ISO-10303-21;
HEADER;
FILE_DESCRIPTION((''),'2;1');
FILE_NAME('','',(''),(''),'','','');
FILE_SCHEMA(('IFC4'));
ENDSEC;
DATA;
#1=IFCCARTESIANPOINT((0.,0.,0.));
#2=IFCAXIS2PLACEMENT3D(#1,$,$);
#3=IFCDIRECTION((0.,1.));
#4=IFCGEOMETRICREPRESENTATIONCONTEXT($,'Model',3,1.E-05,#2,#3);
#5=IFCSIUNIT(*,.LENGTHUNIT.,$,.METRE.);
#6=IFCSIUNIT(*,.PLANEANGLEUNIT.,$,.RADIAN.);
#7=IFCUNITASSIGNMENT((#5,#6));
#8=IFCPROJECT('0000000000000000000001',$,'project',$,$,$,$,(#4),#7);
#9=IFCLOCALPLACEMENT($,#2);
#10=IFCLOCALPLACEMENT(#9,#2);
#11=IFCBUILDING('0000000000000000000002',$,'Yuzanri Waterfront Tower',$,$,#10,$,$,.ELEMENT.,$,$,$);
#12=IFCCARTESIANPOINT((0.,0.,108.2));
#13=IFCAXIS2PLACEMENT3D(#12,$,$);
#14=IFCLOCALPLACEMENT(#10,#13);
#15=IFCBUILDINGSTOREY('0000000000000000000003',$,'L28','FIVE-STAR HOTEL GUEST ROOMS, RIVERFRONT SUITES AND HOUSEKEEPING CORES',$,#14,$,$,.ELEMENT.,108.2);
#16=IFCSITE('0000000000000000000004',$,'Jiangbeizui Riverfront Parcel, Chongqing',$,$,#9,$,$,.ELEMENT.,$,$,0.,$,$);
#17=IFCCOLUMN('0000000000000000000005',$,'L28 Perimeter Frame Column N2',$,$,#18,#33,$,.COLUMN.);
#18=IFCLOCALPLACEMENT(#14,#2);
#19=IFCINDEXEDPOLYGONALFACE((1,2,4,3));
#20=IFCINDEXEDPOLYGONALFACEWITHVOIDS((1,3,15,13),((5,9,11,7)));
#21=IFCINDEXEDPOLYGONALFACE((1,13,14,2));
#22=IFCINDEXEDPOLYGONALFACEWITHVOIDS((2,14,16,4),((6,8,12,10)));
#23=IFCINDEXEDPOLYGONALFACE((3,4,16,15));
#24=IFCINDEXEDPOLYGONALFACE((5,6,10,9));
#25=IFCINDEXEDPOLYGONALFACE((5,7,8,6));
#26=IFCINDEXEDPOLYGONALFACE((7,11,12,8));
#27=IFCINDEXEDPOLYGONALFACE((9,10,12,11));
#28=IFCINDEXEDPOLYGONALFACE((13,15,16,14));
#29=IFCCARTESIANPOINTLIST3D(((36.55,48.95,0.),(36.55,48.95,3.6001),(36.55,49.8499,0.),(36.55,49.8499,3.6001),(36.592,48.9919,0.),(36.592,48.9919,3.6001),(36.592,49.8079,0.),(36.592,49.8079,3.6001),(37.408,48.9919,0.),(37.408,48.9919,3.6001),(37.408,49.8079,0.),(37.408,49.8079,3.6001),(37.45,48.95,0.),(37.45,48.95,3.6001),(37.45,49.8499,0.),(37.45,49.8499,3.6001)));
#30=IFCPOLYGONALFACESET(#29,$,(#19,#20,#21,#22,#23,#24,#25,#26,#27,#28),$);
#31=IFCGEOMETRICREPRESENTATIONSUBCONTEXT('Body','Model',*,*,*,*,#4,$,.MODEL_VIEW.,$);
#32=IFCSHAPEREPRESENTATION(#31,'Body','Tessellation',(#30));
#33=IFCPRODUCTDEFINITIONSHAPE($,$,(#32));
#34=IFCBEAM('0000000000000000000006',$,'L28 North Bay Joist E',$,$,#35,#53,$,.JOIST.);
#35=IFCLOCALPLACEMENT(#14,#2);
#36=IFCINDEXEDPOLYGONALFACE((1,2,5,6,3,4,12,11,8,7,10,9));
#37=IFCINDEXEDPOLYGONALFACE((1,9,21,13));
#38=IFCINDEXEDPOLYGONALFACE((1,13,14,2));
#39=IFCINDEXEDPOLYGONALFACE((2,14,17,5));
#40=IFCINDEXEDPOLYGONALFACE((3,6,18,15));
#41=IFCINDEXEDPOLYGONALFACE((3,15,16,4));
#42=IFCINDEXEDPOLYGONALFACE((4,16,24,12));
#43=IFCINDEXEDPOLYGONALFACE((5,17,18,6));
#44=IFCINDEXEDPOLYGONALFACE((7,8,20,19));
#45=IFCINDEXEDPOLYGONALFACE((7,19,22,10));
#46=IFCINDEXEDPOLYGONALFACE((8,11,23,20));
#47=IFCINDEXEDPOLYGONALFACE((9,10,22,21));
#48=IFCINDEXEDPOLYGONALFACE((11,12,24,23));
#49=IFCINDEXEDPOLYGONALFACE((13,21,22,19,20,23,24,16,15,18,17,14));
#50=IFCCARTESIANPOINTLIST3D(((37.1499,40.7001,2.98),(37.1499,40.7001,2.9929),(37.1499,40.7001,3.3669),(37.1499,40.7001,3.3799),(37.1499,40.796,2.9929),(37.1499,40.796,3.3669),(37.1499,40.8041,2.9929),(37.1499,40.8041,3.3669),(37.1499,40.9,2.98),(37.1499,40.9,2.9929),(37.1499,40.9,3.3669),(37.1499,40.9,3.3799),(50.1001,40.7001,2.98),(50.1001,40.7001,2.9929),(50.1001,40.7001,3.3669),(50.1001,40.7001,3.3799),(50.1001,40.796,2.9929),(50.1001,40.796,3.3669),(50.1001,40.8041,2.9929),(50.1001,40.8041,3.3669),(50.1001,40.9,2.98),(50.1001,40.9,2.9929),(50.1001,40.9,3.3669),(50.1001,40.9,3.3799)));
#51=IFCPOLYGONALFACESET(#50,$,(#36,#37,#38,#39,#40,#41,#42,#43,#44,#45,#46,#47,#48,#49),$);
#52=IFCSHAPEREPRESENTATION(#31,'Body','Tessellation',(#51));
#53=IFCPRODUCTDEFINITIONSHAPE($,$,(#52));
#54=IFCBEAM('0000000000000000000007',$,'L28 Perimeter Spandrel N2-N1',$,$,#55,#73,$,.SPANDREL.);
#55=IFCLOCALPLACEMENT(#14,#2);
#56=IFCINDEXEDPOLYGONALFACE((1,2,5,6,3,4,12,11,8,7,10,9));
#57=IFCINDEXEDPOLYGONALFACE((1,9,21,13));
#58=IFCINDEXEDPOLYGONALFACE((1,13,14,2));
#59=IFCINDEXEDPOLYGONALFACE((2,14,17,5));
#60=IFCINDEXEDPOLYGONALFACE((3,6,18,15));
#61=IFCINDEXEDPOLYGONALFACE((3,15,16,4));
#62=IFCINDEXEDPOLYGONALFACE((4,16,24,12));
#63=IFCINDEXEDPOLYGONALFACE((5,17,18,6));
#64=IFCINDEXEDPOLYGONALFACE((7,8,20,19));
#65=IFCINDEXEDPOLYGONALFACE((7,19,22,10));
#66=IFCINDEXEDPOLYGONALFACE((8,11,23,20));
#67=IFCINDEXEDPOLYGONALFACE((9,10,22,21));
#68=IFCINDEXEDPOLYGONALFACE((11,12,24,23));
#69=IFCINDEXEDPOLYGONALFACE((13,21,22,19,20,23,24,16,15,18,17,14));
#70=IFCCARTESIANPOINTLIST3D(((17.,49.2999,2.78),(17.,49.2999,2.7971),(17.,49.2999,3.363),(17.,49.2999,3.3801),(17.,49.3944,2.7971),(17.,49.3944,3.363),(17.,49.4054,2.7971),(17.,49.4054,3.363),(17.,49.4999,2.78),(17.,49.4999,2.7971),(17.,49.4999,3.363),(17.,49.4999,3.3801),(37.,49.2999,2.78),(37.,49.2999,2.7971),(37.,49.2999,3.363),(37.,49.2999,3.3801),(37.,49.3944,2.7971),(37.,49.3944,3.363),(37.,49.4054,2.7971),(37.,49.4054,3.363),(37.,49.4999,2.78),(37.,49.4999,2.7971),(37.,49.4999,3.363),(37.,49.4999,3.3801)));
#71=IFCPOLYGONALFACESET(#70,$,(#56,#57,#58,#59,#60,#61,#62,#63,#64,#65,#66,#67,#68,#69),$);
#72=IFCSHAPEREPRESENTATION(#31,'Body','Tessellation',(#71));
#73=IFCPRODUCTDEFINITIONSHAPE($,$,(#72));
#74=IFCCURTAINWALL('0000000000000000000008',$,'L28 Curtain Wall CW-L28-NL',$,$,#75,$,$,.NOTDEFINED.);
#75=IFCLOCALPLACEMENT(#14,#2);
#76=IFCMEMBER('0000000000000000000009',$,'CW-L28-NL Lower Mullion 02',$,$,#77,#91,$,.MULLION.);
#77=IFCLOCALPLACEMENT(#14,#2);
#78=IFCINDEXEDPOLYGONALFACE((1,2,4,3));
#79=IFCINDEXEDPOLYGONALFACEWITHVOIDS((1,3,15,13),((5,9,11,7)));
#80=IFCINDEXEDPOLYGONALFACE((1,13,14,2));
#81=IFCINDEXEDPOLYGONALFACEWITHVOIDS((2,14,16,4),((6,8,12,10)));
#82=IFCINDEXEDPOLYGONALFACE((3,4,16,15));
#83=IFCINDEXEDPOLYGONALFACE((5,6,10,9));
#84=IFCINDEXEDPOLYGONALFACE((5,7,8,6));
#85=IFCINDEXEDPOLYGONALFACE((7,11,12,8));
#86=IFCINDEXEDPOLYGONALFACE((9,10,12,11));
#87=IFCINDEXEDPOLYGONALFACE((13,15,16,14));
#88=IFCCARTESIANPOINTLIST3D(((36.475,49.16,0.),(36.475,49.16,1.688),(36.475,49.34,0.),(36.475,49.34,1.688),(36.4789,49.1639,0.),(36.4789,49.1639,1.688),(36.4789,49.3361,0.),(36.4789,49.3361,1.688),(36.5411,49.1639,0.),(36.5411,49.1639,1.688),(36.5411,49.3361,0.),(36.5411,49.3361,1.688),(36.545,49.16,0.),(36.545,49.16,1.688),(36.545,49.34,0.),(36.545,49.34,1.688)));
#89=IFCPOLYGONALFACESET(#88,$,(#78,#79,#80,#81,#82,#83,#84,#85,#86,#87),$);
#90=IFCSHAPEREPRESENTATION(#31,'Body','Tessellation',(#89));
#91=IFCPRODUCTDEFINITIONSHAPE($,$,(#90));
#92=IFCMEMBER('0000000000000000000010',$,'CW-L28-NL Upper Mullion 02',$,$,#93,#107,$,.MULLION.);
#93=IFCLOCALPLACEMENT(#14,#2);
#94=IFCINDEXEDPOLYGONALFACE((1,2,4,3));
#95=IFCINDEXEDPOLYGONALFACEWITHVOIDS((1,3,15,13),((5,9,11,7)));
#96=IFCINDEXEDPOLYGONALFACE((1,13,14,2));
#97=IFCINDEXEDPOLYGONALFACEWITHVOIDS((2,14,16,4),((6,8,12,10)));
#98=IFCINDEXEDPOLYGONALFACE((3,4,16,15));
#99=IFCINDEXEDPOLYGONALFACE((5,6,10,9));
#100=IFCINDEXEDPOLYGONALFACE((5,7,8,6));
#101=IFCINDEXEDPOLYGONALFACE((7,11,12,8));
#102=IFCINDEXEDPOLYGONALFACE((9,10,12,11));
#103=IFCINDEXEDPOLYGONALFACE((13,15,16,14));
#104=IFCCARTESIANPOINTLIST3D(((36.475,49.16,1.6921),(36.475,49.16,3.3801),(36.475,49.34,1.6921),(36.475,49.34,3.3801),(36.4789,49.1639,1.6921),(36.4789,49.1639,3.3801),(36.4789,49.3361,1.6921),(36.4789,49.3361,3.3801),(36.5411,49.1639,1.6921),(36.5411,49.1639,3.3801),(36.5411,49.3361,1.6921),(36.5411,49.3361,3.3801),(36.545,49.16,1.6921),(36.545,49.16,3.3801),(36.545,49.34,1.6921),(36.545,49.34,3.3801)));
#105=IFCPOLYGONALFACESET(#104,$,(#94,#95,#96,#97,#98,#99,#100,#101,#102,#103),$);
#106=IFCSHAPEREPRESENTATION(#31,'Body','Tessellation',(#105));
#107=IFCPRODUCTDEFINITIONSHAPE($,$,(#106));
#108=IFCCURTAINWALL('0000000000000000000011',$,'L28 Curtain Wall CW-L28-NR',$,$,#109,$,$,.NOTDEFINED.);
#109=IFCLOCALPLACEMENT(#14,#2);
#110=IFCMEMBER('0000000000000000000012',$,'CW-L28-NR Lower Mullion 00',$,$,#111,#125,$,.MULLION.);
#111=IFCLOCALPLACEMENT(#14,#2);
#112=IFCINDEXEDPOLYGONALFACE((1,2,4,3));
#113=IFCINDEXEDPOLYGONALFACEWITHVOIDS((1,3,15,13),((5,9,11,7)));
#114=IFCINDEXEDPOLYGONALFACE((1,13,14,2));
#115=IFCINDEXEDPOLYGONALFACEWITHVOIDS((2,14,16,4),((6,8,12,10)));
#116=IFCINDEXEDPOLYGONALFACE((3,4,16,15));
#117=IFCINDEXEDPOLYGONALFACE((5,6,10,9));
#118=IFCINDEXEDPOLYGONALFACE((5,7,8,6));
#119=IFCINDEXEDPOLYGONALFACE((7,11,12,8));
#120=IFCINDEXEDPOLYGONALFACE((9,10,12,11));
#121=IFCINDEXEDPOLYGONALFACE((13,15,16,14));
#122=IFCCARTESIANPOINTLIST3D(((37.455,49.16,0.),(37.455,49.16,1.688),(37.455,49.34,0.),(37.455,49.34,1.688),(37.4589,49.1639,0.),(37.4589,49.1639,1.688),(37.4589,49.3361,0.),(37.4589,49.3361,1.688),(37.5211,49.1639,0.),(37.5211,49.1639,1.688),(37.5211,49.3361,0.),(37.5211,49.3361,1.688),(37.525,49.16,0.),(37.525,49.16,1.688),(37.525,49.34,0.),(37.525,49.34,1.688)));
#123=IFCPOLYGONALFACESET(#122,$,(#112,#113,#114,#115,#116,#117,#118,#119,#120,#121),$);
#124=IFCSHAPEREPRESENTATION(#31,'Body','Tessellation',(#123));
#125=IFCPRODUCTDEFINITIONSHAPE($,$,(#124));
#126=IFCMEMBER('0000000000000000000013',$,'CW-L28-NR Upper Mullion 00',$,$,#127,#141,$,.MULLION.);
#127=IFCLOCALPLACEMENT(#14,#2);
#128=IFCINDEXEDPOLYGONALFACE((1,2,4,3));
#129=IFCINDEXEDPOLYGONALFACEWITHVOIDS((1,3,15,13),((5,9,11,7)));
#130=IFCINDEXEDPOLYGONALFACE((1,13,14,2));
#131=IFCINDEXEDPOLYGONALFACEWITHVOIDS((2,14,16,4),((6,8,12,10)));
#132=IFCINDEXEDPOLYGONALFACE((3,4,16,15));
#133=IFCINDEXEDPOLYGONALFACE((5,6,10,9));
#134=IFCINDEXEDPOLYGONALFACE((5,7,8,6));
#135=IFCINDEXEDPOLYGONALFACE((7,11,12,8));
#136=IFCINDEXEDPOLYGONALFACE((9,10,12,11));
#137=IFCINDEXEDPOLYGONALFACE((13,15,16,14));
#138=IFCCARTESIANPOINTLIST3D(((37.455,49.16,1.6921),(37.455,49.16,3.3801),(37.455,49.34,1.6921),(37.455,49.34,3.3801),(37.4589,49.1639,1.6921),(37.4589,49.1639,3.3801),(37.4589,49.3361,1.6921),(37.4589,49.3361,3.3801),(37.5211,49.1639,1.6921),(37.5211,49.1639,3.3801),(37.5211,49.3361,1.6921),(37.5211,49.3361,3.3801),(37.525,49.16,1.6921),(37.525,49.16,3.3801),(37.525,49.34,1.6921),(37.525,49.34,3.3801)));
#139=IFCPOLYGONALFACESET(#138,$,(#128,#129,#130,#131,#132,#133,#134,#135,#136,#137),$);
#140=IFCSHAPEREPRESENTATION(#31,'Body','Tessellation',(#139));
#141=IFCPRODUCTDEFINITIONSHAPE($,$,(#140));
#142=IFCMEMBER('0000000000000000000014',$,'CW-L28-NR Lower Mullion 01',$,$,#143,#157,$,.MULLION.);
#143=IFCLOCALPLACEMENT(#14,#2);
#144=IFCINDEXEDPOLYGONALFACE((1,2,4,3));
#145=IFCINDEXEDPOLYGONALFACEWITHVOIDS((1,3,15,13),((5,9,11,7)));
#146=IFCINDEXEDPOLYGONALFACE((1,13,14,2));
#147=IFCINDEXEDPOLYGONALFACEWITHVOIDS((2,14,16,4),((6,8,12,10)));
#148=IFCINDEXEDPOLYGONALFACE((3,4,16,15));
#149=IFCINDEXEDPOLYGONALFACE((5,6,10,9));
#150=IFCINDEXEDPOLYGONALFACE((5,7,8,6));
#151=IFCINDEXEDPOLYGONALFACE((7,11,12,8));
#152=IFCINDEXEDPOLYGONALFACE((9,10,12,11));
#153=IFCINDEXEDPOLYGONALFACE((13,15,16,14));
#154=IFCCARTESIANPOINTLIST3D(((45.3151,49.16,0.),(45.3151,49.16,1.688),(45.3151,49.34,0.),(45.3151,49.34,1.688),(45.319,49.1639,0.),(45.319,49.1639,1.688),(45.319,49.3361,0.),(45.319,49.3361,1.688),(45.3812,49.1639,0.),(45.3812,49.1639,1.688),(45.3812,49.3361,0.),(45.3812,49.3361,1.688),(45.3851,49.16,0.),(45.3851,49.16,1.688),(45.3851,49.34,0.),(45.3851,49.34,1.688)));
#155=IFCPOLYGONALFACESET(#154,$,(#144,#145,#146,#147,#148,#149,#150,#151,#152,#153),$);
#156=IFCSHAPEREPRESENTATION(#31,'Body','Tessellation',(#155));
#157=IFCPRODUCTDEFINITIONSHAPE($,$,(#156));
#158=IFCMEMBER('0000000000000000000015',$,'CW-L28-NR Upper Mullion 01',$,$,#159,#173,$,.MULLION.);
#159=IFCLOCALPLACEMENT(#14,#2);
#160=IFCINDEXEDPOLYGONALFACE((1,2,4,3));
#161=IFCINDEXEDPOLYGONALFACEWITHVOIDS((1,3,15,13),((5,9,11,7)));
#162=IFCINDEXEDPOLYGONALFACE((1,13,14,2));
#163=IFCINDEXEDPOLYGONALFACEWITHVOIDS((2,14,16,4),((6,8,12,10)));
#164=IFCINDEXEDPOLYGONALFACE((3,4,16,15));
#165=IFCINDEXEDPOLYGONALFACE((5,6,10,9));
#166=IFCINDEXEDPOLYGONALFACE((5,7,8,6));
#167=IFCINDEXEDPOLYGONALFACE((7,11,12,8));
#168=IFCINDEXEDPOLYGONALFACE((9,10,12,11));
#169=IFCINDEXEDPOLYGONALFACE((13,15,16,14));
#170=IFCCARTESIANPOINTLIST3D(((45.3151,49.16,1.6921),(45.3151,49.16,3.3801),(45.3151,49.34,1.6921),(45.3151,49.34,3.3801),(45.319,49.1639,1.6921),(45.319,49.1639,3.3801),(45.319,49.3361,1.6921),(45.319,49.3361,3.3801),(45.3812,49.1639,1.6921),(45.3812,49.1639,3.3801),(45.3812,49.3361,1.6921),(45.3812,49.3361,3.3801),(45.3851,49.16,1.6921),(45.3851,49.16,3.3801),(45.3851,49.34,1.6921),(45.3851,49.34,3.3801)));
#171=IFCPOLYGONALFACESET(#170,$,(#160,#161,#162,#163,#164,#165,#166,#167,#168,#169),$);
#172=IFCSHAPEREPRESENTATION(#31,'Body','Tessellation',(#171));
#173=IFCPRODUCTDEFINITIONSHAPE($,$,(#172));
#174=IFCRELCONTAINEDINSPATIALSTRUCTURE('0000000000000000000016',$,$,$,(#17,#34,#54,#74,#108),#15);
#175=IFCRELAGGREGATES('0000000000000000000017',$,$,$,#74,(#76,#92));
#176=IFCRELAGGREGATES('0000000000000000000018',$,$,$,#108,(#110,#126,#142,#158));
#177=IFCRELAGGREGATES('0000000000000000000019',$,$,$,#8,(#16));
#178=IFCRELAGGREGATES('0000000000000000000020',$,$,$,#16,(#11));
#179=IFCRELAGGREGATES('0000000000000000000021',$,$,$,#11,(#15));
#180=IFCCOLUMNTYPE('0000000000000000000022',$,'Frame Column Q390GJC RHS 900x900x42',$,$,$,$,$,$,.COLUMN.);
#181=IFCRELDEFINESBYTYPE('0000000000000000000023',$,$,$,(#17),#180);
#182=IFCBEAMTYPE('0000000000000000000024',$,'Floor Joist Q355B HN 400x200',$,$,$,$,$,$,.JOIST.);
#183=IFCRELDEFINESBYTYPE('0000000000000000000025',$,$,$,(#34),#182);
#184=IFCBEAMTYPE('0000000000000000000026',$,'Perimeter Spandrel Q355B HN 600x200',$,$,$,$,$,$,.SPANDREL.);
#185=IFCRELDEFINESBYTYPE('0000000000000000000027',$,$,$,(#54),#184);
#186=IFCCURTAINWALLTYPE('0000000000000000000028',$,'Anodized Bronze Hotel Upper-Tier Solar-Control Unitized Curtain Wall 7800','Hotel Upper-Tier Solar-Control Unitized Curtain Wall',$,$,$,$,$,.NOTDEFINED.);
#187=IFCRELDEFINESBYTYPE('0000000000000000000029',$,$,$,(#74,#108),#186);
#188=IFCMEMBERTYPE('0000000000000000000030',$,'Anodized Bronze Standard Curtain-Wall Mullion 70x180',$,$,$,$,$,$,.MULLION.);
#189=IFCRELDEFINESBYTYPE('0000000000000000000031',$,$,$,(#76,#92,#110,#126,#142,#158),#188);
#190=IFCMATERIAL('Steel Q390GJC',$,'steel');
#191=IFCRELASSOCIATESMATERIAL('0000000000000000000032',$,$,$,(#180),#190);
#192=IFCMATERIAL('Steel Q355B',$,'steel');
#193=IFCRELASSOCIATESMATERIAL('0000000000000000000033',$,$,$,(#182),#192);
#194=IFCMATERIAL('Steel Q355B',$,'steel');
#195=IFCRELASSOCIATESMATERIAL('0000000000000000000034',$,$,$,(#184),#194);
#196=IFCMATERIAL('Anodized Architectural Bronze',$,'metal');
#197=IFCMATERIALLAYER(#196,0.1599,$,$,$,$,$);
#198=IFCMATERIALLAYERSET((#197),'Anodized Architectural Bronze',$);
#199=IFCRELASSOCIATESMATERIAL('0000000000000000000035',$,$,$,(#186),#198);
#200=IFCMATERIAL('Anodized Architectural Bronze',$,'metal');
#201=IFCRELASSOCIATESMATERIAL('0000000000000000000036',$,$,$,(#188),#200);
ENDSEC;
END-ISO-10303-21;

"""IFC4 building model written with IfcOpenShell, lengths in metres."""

from ifc_helpers import new_model, si_unit, direction, frame, origin, origin_2d, place, context, subcontext, project, spatial, hollow_rectangle, i_section, extrude, source, transform, mapped, material, layer, layer_set, material_profile, profile_set, type_object, element, aggregate, save


model = new_model("IFC4")

# Units and contexts
model_context = context("Model", 3, precision=1e-05, world=origin(), true_north=direction((0.0, 1.0)))
body_context = subcontext(model_context, "Body", "Model", "MODEL_VIEW")
ifc_project = project(units=[si_unit("LENGTHUNIT", "METRE"), si_unit("PLANEANGLEUNIT", "RADIAN")], contexts=[model_context])

# Site, building, storey
site_placement = place(None, origin())
site = spatial("IfcSite", under=ifc_project, at=site_placement, Name="Jiangbeizui Riverfront Parcel, Chongqing", CompositionType="ELEMENT", RefElevation=0.0)
building_placement = place(site_placement, origin())
building = spatial("IfcBuilding", under=site, at=building_placement, Name="Yuzanri Waterfront Tower", CompositionType="ELEMENT")
storey_placement = place(building_placement, frame((0.0, 0.0, 108.2)))
storey = spatial("IfcBuildingStorey", under=building, at=storey_placement, Name="L28", Description="FIVE-STAR HOTEL GUEST ROOMS, RIVERFRONT SUITES AND HOUSEKEEPING CORES", CompositionType="ELEMENT", Elevation=108.2)

# Column
ifc_material_1 = material(Name="Steel Q390GJC", Category="steel")
ifc_material_profile_1 = material_profile(ifc_material_1, hollow_rectangle(XDim=0.8999, YDim=0.8999, WallThickness=0.042, at=origin_2d()), Name="RHS 900x900x42")
ifc_profile_set_1 = profile_set([ifc_material_profile_1], Name="Steel Q390GJC")
column_type = type_object("IfcColumnType", Name="Frame Column Q390GJC RHS 900x900x42", PredefinedType="COLUMN", material=ifc_profile_set_1)
shared_shape_1 = source(origin(), body_context, "Body", "SweptSolid", [
    extrude(hollow_rectangle(XDim=0.8999, YDim=0.8999, WallThickness=0.042, at=origin_2d()), origin(), (0.0, 0.0, 1.0), 3.6001),
])
column_placement = place(storey_placement, frame((37.0, 49.3999, 0.0), z_axis=(0.0, 0.0, 1.0), x_axis=(1.0, 0.0, 0.0)))
element("IfcColumn", 1, at=column_placement, inside=storey, type_object=column_type, Name="L28 Perimeter Frame Column N2", PredefinedType="COLUMN", context=body_context, shape_type="MappedRepresentation", body=[
    mapped(shared_shape_1, transform((0.0, 0.0, 0.0), scale=1.0)),
])

# Beams
ifc_material_2 = material(Name="Steel Q355B", Category="steel")
ifc_material_profile_2 = material_profile(ifc_material_2, i_section(OverallWidth=0.2, OverallDepth=0.3999, WebThickness=0.0081, FlangeThickness=0.0129, at=origin_2d()), Name="HN 400x200x8x13")
ifc_profile_set_2 = profile_set([ifc_material_profile_2], Name="Steel Q355B")
beam_type_1 = type_object("IfcBeamType", Name="Floor Joist Q355B HN 400x200", PredefinedType="JOIST", material=ifc_profile_set_2)
shared_shape_2 = source(origin(), body_context, "Body", "SweptSolid", [
    extrude(i_section(OverallWidth=0.2, OverallDepth=0.3999, WebThickness=0.0081, FlangeThickness=0.0129, at=origin_2d()), origin(), (0.0, 0.0, 1.0), 12.9502),
])
beam_1_placement = place(storey_placement, frame((37.1499, 40.8, 3.1799), z_axis=(1.0, 0.0, 0.0), x_axis=(0.0, 1.0, 0.0)))
element("IfcBeam", 2, at=beam_1_placement, inside=storey, type_object=beam_type_1, Name="L28 North Bay Joist E", PredefinedType="JOIST", context=body_context, shape_type="MappedRepresentation", body=[
    mapped(shared_shape_2, transform((0.0, 0.0, 0.0), scale=1.0)),
])
ifc_material_3 = material(Name="Steel Q355B", Category="steel")
ifc_material_profile_3 = material_profile(ifc_material_3, i_section(OverallWidth=0.2, OverallDepth=0.6001, WebThickness=0.011, FlangeThickness=0.0171, at=origin_2d()), Name="HN 600x200x11x17")
ifc_profile_set_3 = profile_set([ifc_material_profile_3], Name="Steel Q355B")
beam_type_2 = type_object("IfcBeamType", Name="Perimeter Spandrel Q355B HN 600x200", PredefinedType="SPANDREL", material=ifc_profile_set_3)
shared_shape_3 = source(origin(), body_context, "Body", "SweptSolid", [
    extrude(i_section(OverallWidth=0.2, OverallDepth=0.6001, WebThickness=0.011, FlangeThickness=0.0171, at=origin_2d()), origin(), (0.0, 0.0, 1.0), 20.0),
])
beam_2_placement = place(storey_placement, frame((37.0, 49.3999, 3.0801), z_axis=(-1.0, 0.0, 0.0), x_axis=(0.0, -1.0, 0.0)))
element("IfcBeam", 3, at=beam_2_placement, inside=storey, type_object=beam_type_2, Name="L28 Perimeter Spandrel N2-N1", PredefinedType="SPANDREL", context=body_context, shape_type="MappedRepresentation", body=[
    mapped(shared_shape_3, transform((0.0, 0.0, 0.0), scale=1.0)),
])

# Curtain wall, members
ifc_material_4 = material(Name="Anodized Architectural Bronze", Category="metal")
ifc_layer_1 = layer(ifc_material_4, 0.1599)
ifc_layer_set_1 = layer_set([ifc_layer_1], Name="Anodized Architectural Bronze")
curtain_wall_type = type_object("IfcCurtainWallType", Name="Anodized Bronze Hotel Upper-Tier Solar-Control Unitized Curtain Wall 7800", Description="Hotel Upper-Tier Solar-Control Unitized Curtain Wall", PredefinedType="NOTDEFINED", material=ifc_layer_set_1)
curtain_wall_1_placement = place(storey_placement, origin())
curtain_wall_1 = element("IfcCurtainWall", 4, at=curtain_wall_1_placement, inside=storey, type_object=curtain_wall_type, Name="L28 Curtain Wall CW-L28-NL", PredefinedType="NOTDEFINED")
ifc_material_5 = material(Name="Anodized Architectural Bronze", Category="metal")
ifc_material_profile_4 = material_profile(ifc_material_5, hollow_rectangle(XDim=0.0701, YDim=0.1799, WallThickness=0.0039, at=origin_2d()), Name="CWM 70x180")
ifc_profile_set_4 = profile_set([ifc_material_profile_4], Name="Anodized Architectural Bronze")
member_type_1 = type_object("IfcMemberType", Name="Anodized Bronze Standard Curtain-Wall Mullion 70x180", PredefinedType="MULLION", material=ifc_profile_set_4)
shared_shape_4 = source(origin(), body_context, "Body", "SweptSolid", [
    extrude(hollow_rectangle(XDim=0.0701, YDim=0.1799, WallThickness=0.0039, at=origin_2d()), origin(), (0.0, 0.0, 1.0), 1.688),
])
member_1_placement = place(storey_placement, frame((36.51, 49.25, 0.0), z_axis=(0.0, 0.0, 1.0), x_axis=(1.0, 0.0, 0.0)))
member_1 = element("IfcMember", 5, at=member_1_placement, type_object=member_type_1, Name="CW-L28-NL Lower Mullion 02", PredefinedType="MULLION", context=body_context, shape_type="MappedRepresentation", body=[
    mapped(shared_shape_4, transform((0.0, 0.0, 0.0), scale=1.0)),
])
member_2_placement = place(storey_placement, frame((36.51, 49.25, 1.6921), z_axis=(0.0, 0.0, 1.0), x_axis=(1.0, 0.0, 0.0)))
member_2 = element("IfcMember", 6, at=member_2_placement, type_object=member_type_1, Name="CW-L28-NL Upper Mullion 02", PredefinedType="MULLION", context=body_context, shape_type="MappedRepresentation", body=[
    mapped(shared_shape_4, transform((0.0, 0.0, 0.0), scale=1.0)),
])
aggregate(curtain_wall_1, [member_1, member_2])

# Curtain wall, members
curtain_wall_2_placement = place(storey_placement, origin())
curtain_wall_2 = element("IfcCurtainWall", 7, at=curtain_wall_2_placement, inside=storey, type_object=curtain_wall_type, Name="L28 Curtain Wall CW-L28-NR", PredefinedType="NOTDEFINED")
member_3_placement = place(storey_placement, frame((37.49, 49.25, 0.0), z_axis=(0.0, 0.0, 1.0), x_axis=(1.0, 0.0, 0.0)))
member_3 = element("IfcMember", 8, at=member_3_placement, type_object=member_type_1, Name="CW-L28-NR Lower Mullion 00", PredefinedType="MULLION", context=body_context, shape_type="MappedRepresentation", body=[
    mapped(shared_shape_4, transform((0.0, 0.0, 0.0), scale=1.0)),
])
member_4_placement = place(storey_placement, frame((37.49, 49.25, 1.6921), z_axis=(0.0, 0.0, 1.0), x_axis=(1.0, 0.0, 0.0)))
member_4 = element("IfcMember", 9, at=member_4_placement, type_object=member_type_1, Name="CW-L28-NR Upper Mullion 00", PredefinedType="MULLION", context=body_context, shape_type="MappedRepresentation", body=[
    mapped(shared_shape_4, transform((0.0, 0.0, 0.0), scale=1.0)),
])
member_5_placement = place(storey_placement, frame((45.3501, 49.25, 0.0), z_axis=(0.0, 0.0, 1.0), x_axis=(1.0, 0.0, 0.0)))
member_5 = element("IfcMember", 10, at=member_5_placement, type_object=member_type_1, Name="CW-L28-NR Lower Mullion 01", PredefinedType="MULLION", context=body_context, shape_type="MappedRepresentation", body=[
    mapped(shared_shape_4, transform((0.0, 0.0, 0.0), scale=1.0)),
])
member_6_placement = place(storey_placement, frame((45.3501, 49.25, 1.6921), z_axis=(0.0, 0.0, 1.0), x_axis=(1.0, 0.0, 0.0)))
member_6 = element("IfcMember", 11, at=member_6_placement, type_object=member_type_1, Name="CW-L28-NR Upper Mullion 01", PredefinedType="MULLION", context=body_context, shape_type="MappedRepresentation", body=[
    mapped(shared_shape_4, transform((0.0, 0.0, 0.0), scale=1.0)),
])
aggregate(curtain_wall_2, [member_3, member_4, member_5, member_6])

save(model, "model.ifc")
